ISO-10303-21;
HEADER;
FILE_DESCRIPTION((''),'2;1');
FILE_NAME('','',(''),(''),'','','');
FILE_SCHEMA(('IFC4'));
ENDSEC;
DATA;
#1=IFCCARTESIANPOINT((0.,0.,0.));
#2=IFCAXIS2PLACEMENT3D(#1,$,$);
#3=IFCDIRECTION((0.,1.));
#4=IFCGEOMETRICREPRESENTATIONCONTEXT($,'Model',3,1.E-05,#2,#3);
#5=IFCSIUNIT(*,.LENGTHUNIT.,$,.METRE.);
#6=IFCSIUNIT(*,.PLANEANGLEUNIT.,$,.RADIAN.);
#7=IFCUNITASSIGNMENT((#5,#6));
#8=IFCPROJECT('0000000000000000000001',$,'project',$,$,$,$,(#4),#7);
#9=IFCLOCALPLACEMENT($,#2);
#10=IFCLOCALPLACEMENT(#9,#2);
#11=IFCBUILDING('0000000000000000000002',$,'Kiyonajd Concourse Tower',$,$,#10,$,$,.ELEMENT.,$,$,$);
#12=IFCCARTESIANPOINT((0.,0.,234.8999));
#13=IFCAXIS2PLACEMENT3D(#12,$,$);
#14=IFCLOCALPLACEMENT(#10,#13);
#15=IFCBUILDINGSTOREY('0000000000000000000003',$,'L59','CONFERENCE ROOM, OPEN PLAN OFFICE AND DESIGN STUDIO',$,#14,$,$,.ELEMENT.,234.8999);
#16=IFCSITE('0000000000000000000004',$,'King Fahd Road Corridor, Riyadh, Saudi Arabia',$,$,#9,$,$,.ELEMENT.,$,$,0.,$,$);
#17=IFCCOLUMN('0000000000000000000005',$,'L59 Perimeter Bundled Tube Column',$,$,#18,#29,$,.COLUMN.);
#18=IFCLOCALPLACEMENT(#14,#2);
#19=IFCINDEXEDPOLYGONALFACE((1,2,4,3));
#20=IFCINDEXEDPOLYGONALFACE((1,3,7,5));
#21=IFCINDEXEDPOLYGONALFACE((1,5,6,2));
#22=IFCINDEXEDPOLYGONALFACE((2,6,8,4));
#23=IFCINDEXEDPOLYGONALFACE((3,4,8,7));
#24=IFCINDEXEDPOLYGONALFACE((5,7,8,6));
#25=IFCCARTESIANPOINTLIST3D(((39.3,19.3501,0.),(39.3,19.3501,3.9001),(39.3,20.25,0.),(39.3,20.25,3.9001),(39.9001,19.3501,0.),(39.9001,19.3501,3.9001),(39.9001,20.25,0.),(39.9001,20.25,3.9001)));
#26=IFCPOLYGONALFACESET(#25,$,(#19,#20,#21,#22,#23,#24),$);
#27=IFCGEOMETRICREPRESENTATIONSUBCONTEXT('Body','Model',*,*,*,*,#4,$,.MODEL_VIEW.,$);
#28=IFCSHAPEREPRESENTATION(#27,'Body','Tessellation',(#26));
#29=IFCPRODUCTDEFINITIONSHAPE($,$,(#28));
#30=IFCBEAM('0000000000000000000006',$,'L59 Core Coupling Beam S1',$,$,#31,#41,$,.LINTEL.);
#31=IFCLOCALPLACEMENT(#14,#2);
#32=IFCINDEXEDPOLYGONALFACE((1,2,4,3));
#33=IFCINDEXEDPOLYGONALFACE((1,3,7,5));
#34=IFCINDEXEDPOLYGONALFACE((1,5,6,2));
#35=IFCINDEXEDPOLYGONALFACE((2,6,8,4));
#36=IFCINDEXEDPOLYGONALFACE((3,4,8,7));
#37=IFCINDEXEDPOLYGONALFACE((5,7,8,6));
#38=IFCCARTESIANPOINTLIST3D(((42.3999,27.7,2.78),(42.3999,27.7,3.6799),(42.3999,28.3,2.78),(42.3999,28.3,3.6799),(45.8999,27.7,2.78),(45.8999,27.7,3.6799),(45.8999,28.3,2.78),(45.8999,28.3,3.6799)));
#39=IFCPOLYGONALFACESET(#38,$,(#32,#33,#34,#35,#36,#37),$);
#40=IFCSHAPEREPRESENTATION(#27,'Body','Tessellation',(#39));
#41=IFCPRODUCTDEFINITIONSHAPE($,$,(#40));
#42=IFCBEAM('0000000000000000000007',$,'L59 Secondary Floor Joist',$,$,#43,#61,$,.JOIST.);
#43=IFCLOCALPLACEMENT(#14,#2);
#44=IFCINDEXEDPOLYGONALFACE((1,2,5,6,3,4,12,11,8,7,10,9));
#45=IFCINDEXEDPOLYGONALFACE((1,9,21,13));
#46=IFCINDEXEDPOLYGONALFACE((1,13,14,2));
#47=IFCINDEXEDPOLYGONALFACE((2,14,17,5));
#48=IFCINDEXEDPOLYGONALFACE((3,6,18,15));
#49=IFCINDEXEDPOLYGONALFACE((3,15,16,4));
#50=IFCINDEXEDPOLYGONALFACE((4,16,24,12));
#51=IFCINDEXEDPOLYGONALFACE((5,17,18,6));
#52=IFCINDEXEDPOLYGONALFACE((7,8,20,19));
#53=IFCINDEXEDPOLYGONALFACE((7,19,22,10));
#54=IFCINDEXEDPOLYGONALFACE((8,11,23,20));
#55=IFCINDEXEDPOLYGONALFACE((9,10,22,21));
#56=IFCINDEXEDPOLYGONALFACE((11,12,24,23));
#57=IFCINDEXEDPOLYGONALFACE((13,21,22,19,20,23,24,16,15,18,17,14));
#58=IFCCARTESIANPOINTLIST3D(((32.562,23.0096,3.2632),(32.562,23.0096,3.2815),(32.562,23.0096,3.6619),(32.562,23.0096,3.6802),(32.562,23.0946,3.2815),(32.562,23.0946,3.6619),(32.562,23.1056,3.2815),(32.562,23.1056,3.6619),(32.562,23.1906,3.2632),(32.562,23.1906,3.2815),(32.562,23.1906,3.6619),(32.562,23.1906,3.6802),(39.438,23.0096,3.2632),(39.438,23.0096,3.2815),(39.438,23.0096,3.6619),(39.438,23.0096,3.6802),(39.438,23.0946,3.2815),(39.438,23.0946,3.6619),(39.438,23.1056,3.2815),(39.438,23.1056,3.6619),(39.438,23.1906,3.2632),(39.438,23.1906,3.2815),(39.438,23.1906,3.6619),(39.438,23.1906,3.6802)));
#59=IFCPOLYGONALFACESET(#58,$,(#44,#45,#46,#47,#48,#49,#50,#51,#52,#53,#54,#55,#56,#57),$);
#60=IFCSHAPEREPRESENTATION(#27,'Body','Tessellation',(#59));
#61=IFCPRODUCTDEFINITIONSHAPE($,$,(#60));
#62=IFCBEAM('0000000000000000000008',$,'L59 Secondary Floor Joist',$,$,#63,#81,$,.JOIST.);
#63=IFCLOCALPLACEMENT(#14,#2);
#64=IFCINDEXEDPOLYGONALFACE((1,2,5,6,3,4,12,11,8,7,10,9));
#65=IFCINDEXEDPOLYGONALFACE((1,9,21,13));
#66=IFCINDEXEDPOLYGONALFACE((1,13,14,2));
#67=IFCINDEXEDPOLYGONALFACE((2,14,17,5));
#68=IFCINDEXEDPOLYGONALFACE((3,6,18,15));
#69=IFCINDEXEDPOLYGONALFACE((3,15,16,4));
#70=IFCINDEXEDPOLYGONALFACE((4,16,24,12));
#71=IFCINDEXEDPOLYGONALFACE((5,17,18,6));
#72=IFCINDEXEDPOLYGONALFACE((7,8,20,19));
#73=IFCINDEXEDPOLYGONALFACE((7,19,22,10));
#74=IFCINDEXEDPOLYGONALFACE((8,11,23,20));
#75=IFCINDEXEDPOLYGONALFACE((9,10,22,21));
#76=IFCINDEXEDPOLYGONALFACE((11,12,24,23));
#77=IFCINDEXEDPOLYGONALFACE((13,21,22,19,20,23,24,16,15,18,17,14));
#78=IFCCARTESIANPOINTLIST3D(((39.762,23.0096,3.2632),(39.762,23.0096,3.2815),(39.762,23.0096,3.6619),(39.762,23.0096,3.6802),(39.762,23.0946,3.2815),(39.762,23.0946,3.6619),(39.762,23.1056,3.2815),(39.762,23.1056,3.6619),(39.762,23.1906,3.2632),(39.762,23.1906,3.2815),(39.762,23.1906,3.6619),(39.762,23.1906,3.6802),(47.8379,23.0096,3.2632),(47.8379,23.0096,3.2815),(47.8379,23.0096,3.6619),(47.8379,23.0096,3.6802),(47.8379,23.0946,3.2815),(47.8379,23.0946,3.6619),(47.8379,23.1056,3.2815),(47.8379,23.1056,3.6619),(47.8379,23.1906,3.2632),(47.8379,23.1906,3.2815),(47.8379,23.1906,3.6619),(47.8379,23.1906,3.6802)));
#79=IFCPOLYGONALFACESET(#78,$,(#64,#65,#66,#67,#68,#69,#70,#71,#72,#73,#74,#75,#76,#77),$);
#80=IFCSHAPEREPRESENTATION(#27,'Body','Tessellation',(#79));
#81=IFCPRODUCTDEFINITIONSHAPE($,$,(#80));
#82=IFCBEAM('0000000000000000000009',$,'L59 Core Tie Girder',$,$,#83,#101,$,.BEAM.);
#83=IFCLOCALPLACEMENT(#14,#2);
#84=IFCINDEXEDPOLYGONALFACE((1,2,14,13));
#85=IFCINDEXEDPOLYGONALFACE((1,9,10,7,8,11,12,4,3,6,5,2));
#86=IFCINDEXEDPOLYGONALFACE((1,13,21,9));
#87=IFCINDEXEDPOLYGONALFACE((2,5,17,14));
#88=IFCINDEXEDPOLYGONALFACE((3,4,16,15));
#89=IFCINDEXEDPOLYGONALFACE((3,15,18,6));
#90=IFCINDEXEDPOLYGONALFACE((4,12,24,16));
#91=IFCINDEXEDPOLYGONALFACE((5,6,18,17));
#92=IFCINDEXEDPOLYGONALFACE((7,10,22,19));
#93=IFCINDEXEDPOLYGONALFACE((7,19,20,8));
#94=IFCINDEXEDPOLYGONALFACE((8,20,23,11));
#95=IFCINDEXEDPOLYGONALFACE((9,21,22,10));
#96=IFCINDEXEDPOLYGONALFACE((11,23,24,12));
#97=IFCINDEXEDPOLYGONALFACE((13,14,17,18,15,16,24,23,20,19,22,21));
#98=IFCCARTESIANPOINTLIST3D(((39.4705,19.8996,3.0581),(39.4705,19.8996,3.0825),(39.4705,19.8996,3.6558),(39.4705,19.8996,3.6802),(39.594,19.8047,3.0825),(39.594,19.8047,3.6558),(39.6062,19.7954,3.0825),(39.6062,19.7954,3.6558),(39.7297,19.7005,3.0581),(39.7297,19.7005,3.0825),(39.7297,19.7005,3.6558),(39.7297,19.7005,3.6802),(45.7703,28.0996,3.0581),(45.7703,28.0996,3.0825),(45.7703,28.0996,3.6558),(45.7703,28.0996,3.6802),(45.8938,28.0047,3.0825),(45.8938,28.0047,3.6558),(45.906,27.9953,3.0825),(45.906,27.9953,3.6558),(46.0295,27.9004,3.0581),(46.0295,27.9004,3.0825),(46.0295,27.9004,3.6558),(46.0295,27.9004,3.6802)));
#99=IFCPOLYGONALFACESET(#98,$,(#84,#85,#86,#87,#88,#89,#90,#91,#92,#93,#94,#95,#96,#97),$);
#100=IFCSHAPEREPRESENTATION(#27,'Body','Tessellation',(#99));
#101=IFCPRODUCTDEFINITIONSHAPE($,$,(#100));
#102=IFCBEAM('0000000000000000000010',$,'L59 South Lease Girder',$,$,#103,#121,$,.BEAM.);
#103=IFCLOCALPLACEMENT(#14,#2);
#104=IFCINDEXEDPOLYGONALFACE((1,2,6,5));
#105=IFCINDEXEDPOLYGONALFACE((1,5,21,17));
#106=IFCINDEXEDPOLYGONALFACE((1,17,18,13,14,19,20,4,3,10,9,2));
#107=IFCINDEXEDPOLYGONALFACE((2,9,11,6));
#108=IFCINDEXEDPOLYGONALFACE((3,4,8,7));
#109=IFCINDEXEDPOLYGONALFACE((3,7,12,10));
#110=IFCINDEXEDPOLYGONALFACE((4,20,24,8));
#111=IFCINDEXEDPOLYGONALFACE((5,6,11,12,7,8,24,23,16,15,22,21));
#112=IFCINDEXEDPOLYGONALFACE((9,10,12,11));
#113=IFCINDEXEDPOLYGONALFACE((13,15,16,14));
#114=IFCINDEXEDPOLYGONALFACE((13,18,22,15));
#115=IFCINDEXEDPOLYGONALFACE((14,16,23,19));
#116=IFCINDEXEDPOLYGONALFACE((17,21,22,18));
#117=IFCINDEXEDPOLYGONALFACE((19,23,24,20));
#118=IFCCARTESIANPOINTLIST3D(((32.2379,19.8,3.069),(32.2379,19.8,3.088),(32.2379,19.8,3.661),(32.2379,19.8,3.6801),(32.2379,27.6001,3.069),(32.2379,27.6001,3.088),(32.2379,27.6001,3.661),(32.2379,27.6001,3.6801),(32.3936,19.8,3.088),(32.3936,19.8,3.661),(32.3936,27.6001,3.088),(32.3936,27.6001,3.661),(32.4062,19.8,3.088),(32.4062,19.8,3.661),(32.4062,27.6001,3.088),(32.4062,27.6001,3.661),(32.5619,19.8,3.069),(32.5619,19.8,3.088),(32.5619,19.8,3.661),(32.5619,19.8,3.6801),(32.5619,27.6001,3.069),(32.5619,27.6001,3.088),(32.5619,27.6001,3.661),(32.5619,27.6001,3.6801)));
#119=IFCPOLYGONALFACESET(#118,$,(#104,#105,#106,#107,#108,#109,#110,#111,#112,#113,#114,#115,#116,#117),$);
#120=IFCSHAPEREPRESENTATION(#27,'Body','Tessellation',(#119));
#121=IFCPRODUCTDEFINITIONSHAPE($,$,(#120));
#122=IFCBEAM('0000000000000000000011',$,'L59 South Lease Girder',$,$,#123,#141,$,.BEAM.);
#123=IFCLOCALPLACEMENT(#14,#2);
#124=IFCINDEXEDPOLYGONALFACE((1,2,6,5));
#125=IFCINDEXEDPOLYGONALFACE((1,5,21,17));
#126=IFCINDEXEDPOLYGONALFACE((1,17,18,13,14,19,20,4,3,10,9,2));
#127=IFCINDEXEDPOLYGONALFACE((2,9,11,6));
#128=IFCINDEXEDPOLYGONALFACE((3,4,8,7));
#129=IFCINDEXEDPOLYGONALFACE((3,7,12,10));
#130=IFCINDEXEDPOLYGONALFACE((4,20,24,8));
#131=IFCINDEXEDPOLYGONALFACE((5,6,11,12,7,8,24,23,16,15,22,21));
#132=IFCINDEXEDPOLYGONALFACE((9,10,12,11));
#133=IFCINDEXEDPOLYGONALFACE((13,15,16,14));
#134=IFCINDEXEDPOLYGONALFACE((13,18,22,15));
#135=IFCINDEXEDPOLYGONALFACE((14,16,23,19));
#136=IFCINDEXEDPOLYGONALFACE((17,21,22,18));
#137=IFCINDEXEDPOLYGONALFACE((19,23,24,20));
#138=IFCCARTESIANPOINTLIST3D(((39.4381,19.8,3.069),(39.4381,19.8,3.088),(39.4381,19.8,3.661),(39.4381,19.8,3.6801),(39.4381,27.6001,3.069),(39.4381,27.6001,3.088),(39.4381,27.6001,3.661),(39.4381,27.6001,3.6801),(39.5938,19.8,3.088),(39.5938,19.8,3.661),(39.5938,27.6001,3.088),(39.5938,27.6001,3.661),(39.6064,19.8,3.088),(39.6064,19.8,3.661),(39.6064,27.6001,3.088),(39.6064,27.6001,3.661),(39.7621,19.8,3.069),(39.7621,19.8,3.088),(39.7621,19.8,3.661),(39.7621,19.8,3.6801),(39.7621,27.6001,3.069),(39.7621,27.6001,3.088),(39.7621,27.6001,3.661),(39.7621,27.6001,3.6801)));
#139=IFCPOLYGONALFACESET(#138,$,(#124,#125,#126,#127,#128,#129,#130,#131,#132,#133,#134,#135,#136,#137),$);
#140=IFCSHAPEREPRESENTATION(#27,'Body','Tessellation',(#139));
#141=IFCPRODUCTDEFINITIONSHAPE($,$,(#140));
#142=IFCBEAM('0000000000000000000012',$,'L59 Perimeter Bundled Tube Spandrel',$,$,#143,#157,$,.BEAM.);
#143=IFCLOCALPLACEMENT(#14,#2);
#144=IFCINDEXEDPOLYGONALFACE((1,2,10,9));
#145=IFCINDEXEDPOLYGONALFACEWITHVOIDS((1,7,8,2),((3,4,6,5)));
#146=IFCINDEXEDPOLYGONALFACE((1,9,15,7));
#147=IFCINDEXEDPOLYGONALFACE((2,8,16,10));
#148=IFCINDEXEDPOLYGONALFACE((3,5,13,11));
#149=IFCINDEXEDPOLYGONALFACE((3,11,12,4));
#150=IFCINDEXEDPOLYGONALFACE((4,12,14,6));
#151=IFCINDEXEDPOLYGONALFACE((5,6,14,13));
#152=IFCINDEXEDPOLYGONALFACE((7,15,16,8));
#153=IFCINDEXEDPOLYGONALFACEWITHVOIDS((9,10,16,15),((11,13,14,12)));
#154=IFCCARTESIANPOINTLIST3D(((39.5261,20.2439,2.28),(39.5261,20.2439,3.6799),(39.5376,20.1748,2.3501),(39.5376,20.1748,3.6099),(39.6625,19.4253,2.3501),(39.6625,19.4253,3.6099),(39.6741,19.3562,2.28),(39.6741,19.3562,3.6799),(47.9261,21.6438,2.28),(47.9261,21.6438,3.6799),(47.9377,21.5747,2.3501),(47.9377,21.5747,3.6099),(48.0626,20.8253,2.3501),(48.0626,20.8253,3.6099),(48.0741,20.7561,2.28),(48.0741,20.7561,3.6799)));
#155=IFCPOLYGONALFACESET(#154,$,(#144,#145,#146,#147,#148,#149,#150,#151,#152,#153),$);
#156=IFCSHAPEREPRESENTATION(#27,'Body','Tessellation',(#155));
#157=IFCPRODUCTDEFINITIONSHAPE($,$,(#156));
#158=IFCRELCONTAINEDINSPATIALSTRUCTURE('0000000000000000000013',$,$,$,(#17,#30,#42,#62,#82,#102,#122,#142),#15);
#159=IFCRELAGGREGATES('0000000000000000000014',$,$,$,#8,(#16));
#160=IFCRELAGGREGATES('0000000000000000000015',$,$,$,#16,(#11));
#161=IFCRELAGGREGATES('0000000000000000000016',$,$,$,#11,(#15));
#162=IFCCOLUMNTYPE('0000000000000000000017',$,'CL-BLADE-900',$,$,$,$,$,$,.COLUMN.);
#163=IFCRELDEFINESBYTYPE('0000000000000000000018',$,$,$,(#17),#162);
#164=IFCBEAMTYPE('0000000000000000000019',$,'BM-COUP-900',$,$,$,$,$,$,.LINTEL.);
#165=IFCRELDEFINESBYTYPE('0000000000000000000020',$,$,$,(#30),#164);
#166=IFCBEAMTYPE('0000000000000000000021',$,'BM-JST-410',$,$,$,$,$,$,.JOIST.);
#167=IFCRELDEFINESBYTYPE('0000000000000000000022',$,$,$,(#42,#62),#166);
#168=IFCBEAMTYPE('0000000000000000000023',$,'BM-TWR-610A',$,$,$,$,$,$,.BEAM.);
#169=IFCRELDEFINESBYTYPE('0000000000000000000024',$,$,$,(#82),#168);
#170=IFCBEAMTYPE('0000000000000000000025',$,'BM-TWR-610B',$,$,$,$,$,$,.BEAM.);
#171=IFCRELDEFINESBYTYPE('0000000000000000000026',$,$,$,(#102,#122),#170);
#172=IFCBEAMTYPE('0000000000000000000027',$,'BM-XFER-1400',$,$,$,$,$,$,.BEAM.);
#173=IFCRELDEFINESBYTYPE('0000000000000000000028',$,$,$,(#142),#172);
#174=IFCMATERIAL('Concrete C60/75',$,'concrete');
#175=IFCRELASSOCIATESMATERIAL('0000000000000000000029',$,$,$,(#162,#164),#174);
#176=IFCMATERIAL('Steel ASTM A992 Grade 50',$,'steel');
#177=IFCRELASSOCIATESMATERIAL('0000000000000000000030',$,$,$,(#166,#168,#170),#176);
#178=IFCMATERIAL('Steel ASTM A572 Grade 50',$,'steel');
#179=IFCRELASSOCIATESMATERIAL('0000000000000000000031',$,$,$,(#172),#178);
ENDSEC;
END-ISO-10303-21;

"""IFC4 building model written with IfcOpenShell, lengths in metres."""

from ifc_helpers import new_model, si_unit, direction, frame, origin, origin_2d, place, context, subcontext, project, spatial, rectangle, hollow_rectangle, i_section, extrude, material, material_profile, profile_set, type_object, element, save


model = new_model("IFC4")

# Units and contexts
model_context = context("Model", 3, precision=1e-05, world=origin(), true_north=direction((0.0, 1.0)))
body_context = subcontext(model_context, "Body", "Model", "MODEL_VIEW")
ifc_project = project(units=[si_unit("LENGTHUNIT", "METRE"), si_unit("PLANEANGLEUNIT", "RADIAN")], contexts=[model_context])

# Site, building, storey
site_placement = place(None, origin())
site = spatial("IfcSite", under=ifc_project, at=site_placement, Name="King Fahd Road Corridor, Riyadh, Saudi Arabia", CompositionType="ELEMENT", RefElevation=0.0)
building_placement = place(site_placement, origin())
building = spatial("IfcBuilding", under=site, at=building_placement, Name="Kiyonajd Concourse Tower", CompositionType="ELEMENT")
storey_placement = place(building_placement, frame((0.0, 0.0, 234.8999)))
storey = spatial("IfcBuildingStorey", under=building, at=storey_placement, Name="L59", Description="CONFERENCE ROOM, OPEN PLAN OFFICE AND DESIGN STUDIO", CompositionType="ELEMENT", Elevation=234.8999)

# Column
ifc_material_1 = material(Name="Concrete C60/75", Category="concrete")
ifc_material_profile_1 = material_profile(ifc_material_1, rectangle(XDim=0.6001, YDim=0.8999, at=origin_2d()), Name="RC-900x600")
ifc_profile_set_1 = profile_set([ifc_material_profile_1], Name="Concrete C60/75")
column_type = type_object("IfcColumnType", Name="CL-BLADE-900", PredefinedType="COLUMN", material=ifc_profile_set_1)
column_placement = place(storey_placement, frame((39.6001, 19.8, 0.0), z_axis=(0.0, 0.0, 1.0), x_axis=(1.0, 0.0, 0.0)))
element("IfcColumn", 1, at=column_placement, inside=storey, type_object=column_type, Name="L59 Perimeter Bundled Tube Column", PredefinedType="COLUMN", context=body_context, shape_type="SweptSolid", body=[
    extrude(rectangle(XDim=0.6001, YDim=0.8999, at=origin_2d()), origin(), (0.0, 0.0, 1.0), 3.9001),
])

# Beams
ifc_material_profile_2 = material_profile(ifc_material_1, rectangle(XDim=0.6001, YDim=0.8999, at=origin_2d()), Name="RCBM-600x900")
ifc_profile_set_2 = profile_set([ifc_material_profile_2], Name="Concrete C60/75")
beam_type_1 = type_object("IfcBeamType", Name="BM-COUP-900", PredefinedType="LINTEL", material=ifc_profile_set_2)
beam_1_placement = place(storey_placement, frame((42.3999, 28.0, 3.23), z_axis=(1.0, 0.0, 0.0), x_axis=(0.0, 1.0, 0.0)))
element("IfcBeam", 2, at=beam_1_placement, inside=storey, type_object=beam_type_1, Name="L59 Core Coupling Beam S1", PredefinedType="LINTEL", context=body_context, shape_type="SweptSolid", body=[
    extrude(rectangle(XDim=0.6001, YDim=0.8999, at=origin_2d()), origin(), (0.0, 0.0, 1.0), 3.5),
])
ifc_material_2 = material(Name="Steel ASTM A992 Grade 50", Category="steel")
ifc_material_profile_3 = material_profile(ifc_material_2, i_section(OverallWidth=0.1809, OverallDepth=0.417, WebThickness=0.011, FlangeThickness=0.0183, at=origin_2d()), Name="W410X85")
ifc_profile_set_3 = profile_set([ifc_material_profile_3], Name="Steel ASTM A992 Grade 50")
beam_type_2 = type_object("IfcBeamType", Name="BM-JST-410", PredefinedType="JOIST", material=ifc_profile_set_3)
beam_2_placement = place(storey_placement, frame((32.562, 23.1001, 3.4717), z_axis=(1.0, 0.0, 0.0), x_axis=(0.0, 1.0, 0.0)))
element("IfcBeam", 3, at=beam_2_placement, inside=storey, type_object=beam_type_2, Name="L59 Secondary Floor Joist", PredefinedType="JOIST", context=body_context, shape_type="SweptSolid", body=[
    extrude(i_section(OverallWidth=0.1809, OverallDepth=0.417, WebThickness=0.011, FlangeThickness=0.0183, at=origin_2d()), origin(), (0.0, 0.0, 1.0), 6.876),
])
beam_3_placement = place(storey_placement, frame((39.762, 23.1001, 3.4717), z_axis=(1.0, 0.0, 0.0), x_axis=(0.0, 1.0, 0.0)))
element("IfcBeam", 4, at=beam_3_placement, inside=storey, type_object=beam_type_2, Name="L59 Secondary Floor Joist", PredefinedType="JOIST", context=body_context, shape_type="SweptSolid", body=[
    extrude(i_section(OverallWidth=0.1809, OverallDepth=0.417, WebThickness=0.011, FlangeThickness=0.0183, at=origin_2d()), origin(), (0.0, 0.0, 1.0), 8.0759),
])
ifc_material_profile_4 = material_profile(ifc_material_2, i_section(OverallWidth=0.3269, OverallDepth=0.6221, WebThickness=0.0154, FlangeThickness=0.0244, at=origin_2d()), Name="W610X195")
ifc_profile_set_4 = profile_set([ifc_material_profile_4], Name="Steel ASTM A992 Grade 50")
beam_type_3 = type_object("IfcBeamType", Name="BM-TWR-610A", PredefinedType="BEAM", material=ifc_profile_set_4)
beam_4_placement = place(storey_placement, frame((39.6001, 19.8, 3.3691), z_axis=(0.609234, 0.792991, 0.0), x_axis=(-0.792991, 0.609234, 0.0)))
element("IfcBeam", 5, at=beam_4_placement, inside=storey, type_object=beam_type_3, Name="L59 Core Tie Girder", PredefinedType="BEAM", context=body_context, shape_type="SweptSolid", body=[
    extrude(i_section(OverallWidth=0.3269, OverallDepth=0.6221, WebThickness=0.0154, FlangeThickness=0.0244, at=origin_2d()), origin(), (0.0, 0.0, 1.0), 10.3406),
])
ifc_material_profile_5 = material_profile(ifc_material_2, i_section(OverallWidth=0.324, OverallDepth=0.6111, WebThickness=0.0127, FlangeThickness=0.019, at=origin_2d()), Name="W610X155")
ifc_profile_set_5 = profile_set([ifc_material_profile_5], Name="Steel ASTM A992 Grade 50")
beam_type_4 = type_object("IfcBeamType", Name="BM-TWR-610B", PredefinedType="BEAM", material=ifc_profile_set_5)
for number, where, z_axis, x_axis, name in (
    (6, (32.3999, 19.8, 3.3745), (0.0, 1.0, 0.0), (-1.0, 0.0, 0.0), "L59 South Lease Girder"),
    (7, (39.6001, 19.8, 3.3745), (0.0, 1.0, 0.0), (-1.0, 0.0, 0.0), "L59 South Lease Girder"),
):
    element("IfcBeam", number, at=place(storey_placement, frame(where, z_axis=z_axis, x_axis=x_axis)), inside=storey, type_object=beam_type_4, Name=name, PredefinedType="BEAM", context=body_context, shape_type="SweptSolid", body=[
        extrude(i_section(OverallWidth=0.324, OverallDepth=0.6111, WebThickness=0.0127, FlangeThickness=0.019, at=origin_2d()), origin(), (0.0, 0.0, 1.0), 7.8),
    ])
ifc_material_3 = material(Name="Steel ASTM A572 Grade 50", Category="steel")
ifc_material_profile_6 = material_profile(ifc_material_3, hollow_rectangle(XDim=0.8999, YDim=1.3999, WallThickness=0.0701, at=origin_2d()), Name="BOX-1400x900x70")
ifc_profile_set_6 = profile_set([ifc_material_profile_6], Name="Steel ASTM A572 Grade 50")
beam_type_5 = type_object("IfcBeamType", Name="BM-XFER-1400", PredefinedType="BEAM", material=ifc_profile_set_6)
beam_5_placement = place(storey_placement, frame((39.6001, 19.8, 2.98), z_axis=(0.986395, 0.16439, 0.0), x_axis=(-0.16439, 0.986395, 0.0)))
element("IfcBeam", 8, at=beam_5_placement, inside=storey, type_object=beam_type_5, Name="L59 Perimeter Bundled Tube Spandrel", PredefinedType="BEAM", context=body_context, shape_type="SweptSolid", body=[
    extrude(hollow_rectangle(XDim=0.8999, YDim=1.3999, WallThickness=0.0701, at=origin_2d()), origin(), (0.0, 0.0, 1.0), 8.5159),
])

save(model, "model.ifc")
